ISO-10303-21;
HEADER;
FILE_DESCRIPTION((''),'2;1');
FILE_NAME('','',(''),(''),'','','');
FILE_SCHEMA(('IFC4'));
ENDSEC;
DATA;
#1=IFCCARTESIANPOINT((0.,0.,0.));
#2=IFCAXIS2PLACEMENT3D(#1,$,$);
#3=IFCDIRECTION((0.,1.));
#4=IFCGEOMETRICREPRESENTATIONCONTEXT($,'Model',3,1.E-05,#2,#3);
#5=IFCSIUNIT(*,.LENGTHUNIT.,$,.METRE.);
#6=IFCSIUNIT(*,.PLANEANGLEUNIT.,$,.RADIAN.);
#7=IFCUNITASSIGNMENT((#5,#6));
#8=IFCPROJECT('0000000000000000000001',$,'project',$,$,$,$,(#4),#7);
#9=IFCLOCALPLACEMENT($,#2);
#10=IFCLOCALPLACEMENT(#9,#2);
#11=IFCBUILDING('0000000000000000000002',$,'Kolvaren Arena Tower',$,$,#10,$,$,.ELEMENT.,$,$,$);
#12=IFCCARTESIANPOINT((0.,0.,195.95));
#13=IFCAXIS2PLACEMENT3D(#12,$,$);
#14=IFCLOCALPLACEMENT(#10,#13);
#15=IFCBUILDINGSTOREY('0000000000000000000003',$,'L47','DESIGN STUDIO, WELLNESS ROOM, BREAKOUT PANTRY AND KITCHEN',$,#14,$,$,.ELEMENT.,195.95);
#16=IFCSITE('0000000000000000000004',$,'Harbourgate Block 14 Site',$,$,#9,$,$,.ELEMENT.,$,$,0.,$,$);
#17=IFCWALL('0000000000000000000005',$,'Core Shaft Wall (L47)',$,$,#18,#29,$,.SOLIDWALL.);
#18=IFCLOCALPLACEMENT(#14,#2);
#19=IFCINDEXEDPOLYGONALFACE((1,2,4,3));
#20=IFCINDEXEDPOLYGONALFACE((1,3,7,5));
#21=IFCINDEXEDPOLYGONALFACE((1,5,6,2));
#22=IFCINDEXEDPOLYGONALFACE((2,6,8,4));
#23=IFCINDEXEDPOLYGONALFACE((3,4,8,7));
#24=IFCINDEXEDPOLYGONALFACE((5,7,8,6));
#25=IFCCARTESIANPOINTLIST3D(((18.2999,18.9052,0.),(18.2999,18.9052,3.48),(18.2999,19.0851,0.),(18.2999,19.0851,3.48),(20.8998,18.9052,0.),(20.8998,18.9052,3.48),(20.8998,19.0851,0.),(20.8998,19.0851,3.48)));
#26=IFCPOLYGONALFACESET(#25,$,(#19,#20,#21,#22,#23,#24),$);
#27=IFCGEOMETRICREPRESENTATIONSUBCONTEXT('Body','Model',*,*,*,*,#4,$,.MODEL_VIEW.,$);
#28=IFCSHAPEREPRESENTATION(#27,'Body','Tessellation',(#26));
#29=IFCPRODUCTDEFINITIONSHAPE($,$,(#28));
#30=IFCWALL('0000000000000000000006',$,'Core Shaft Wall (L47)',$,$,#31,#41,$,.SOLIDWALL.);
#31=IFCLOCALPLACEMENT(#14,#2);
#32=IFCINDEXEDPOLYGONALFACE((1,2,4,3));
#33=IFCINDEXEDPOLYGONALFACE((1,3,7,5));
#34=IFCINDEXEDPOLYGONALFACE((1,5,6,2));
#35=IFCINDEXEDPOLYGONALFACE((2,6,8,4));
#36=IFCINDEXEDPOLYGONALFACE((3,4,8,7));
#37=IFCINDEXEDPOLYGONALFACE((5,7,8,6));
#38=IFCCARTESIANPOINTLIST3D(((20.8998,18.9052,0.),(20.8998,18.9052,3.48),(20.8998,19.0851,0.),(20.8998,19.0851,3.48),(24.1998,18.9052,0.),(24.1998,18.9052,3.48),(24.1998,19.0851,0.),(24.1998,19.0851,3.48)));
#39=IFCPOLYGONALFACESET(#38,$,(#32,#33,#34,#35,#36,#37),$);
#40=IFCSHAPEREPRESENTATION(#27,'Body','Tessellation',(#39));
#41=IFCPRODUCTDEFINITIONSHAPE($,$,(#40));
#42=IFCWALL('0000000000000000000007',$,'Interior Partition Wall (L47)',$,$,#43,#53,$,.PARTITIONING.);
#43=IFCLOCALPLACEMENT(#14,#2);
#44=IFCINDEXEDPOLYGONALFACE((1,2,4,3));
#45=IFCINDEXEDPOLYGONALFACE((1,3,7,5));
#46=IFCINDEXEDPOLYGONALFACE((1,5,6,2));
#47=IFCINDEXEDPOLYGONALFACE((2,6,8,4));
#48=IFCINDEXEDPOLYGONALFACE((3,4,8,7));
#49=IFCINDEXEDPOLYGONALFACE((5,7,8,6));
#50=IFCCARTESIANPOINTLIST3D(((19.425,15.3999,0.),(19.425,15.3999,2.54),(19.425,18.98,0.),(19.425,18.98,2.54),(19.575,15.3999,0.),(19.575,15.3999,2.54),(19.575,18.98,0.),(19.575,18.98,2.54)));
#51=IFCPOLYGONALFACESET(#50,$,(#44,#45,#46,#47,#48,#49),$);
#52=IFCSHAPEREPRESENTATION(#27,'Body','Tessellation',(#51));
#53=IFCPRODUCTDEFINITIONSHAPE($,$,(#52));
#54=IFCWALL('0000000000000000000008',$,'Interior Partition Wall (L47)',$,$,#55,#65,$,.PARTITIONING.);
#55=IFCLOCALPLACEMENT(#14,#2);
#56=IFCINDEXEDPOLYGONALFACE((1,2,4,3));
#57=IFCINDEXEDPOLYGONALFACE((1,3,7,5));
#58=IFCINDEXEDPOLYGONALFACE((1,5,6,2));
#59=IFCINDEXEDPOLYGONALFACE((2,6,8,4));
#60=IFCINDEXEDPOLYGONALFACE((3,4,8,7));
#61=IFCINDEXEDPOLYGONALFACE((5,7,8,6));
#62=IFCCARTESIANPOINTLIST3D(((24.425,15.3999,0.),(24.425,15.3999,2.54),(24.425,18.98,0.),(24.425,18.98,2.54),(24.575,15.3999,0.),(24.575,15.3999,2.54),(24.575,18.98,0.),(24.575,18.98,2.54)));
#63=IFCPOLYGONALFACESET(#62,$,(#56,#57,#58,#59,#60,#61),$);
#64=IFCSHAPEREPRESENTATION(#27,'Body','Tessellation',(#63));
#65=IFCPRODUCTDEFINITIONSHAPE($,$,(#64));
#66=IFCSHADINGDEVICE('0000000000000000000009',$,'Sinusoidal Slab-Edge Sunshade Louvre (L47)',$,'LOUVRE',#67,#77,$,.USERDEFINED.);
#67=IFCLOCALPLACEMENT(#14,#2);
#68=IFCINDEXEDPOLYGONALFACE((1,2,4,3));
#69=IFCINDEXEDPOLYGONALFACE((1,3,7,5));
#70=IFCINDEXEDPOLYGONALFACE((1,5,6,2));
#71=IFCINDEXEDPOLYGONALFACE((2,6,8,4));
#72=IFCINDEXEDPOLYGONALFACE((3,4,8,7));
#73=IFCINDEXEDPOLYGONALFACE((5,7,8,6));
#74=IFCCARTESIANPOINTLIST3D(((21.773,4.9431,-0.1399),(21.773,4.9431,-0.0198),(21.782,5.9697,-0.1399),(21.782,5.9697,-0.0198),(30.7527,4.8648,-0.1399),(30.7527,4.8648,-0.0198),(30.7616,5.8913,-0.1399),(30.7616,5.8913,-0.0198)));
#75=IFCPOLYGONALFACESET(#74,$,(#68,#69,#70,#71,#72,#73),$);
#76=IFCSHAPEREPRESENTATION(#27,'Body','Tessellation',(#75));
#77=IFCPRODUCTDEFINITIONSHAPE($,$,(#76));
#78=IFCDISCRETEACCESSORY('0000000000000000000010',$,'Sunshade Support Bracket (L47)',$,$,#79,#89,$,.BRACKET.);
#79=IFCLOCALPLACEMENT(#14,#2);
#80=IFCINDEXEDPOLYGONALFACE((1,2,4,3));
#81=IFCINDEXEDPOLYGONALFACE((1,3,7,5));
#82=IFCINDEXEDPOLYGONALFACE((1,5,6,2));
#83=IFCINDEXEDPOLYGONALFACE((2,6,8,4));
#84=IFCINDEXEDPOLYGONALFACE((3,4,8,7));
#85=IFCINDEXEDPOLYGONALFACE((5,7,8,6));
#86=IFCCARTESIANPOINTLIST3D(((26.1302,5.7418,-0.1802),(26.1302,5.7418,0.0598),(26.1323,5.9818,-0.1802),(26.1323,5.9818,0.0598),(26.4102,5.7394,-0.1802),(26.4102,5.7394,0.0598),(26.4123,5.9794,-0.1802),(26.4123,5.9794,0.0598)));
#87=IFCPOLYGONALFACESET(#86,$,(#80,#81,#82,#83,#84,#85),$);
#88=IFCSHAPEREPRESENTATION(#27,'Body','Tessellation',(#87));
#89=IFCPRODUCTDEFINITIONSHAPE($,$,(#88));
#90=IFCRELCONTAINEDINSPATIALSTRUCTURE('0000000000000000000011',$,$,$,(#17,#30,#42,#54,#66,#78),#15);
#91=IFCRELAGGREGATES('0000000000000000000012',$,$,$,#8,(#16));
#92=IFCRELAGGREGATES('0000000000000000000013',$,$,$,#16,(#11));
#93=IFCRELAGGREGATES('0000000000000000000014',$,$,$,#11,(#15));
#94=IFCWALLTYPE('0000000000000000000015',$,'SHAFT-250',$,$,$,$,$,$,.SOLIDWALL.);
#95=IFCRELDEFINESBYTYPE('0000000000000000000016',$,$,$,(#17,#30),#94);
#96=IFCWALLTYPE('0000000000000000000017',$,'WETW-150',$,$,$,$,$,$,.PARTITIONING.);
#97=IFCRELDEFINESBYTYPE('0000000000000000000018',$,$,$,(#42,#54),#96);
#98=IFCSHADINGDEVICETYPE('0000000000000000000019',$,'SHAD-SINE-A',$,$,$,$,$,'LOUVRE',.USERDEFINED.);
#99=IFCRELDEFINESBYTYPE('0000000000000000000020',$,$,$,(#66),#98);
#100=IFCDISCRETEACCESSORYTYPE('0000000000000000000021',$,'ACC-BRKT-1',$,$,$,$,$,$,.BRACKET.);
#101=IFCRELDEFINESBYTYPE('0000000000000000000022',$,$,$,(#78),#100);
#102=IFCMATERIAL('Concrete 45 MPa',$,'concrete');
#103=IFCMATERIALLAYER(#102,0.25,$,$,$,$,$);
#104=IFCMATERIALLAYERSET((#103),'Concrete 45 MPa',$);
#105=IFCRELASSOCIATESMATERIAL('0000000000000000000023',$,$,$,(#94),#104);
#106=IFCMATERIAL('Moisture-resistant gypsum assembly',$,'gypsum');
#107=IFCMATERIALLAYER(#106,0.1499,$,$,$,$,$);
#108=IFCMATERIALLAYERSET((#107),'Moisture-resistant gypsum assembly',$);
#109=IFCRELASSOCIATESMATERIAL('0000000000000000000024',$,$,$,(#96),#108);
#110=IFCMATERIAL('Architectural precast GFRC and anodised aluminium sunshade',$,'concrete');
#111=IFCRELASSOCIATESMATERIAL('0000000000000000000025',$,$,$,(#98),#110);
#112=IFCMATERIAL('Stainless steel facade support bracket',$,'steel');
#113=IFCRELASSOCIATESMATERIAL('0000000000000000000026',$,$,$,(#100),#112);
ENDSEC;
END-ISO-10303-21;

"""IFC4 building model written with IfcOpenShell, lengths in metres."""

from ifc_helpers import new_model, si_unit, direction, frame, frame_2d, origin, origin_2d, place, context, subcontext, project, spatial, rectangle, extrude, material, layer, layer_set, type_object, element, save


model = new_model("IFC4")

# Units and contexts
model_context = context("Model", 3, precision=1e-05, world=origin(), true_north=direction((0.0, 1.0)))
body_context = subcontext(model_context, "Body", "Model", "MODEL_VIEW")
ifc_project = project(units=[si_unit("LENGTHUNIT", "METRE"), si_unit("PLANEANGLEUNIT", "RADIAN")], contexts=[model_context])

# Site, building, storey
site_placement = place(None, origin())
site = spatial("IfcSite", under=ifc_project, at=site_placement, Name="Harbourgate Block 14 Site", CompositionType="ELEMENT", RefElevation=0.0)
building_placement = place(site_placement, origin())
building = spatial("IfcBuilding", under=site, at=building_placement, Name="Kolvaren Arena Tower", CompositionType="ELEMENT")
storey_placement = place(building_placement, frame((0.0, 0.0, 195.95)))
storey = spatial("IfcBuildingStorey", under=building, at=storey_placement, Name="L47", Description="DESIGN STUDIO, WELLNESS ROOM, BREAKOUT PANTRY AND KITCHEN", CompositionType="ELEMENT", Elevation=195.95)

# Walls
ifc_material_1 = material(Name="Concrete 45 MPa", Category="concrete")
ifc_layer_1 = layer(ifc_material_1, 0.25)
ifc_layer_set_1 = layer_set([ifc_layer_1], Name="Concrete 45 MPa")
wall_type_1 = type_object("IfcWallType", Name="SHAFT-250", PredefinedType="SOLIDWALL", material=ifc_layer_set_1)
wall_1_placement = place(storey_placement, frame((18.3, 18.9951, 0.0), z_axis=(0.0, 0.0, 1.0), x_axis=(1.0, 0.0, 0.0)))
element("IfcWall", 1, at=wall_1_placement, inside=storey, type_object=wall_type_1, Name="Core Shaft Wall (L47)", PredefinedType="SOLIDWALL", context=body_context, shape_type="SweptSolid", body=[
    extrude(rectangle(XDim=2.5999, YDim=0.1799, at=frame_2d((1.2998, 0.0))), origin(), (0.0, 0.0, 1.0), 3.48),
])
wall_2_placement = place(storey_placement, frame((20.8999, 18.9951, 0.0), z_axis=(0.0, 0.0, 1.0), x_axis=(1.0, 0.0, 0.0)))
element("IfcWall", 2, at=wall_2_placement, inside=storey, type_object=wall_type_1, Name="Core Shaft Wall (L47)", PredefinedType="SOLIDWALL", context=body_context, shape_type="SweptSolid", body=[
    extrude(rectangle(XDim=3.3, YDim=0.1799, at=frame_2d((1.6499, 0.0))), origin(), (0.0, 0.0, 1.0), 3.48),
])
ifc_material_2 = material(Name="Moisture-resistant gypsum assembly", Category="gypsum")
ifc_layer_2 = layer(ifc_material_2, 0.1499)
ifc_layer_set_2 = layer_set([ifc_layer_2], Name="Moisture-resistant gypsum assembly")
wall_type_2 = type_object("IfcWallType", Name="WETW-150", PredefinedType="PARTITIONING", material=ifc_layer_set_2)
for number, where, z_axis, x_axis, name in (
    (3, (19.5, 15.3999, 0.0), (0.0, 0.0, 1.0), (0.0, 1.0, 0.0), "Interior Partition Wall (L47)"),
    (4, (24.5, 15.3999, 0.0), (0.0, 0.0, 1.0), (0.0, 1.0, 0.0), "Interior Partition Wall (L47)"),
):
    element("IfcWall", number, at=place(storey_placement, frame(where, z_axis=z_axis, x_axis=x_axis)), inside=storey, type_object=wall_type_2, Name=name, PredefinedType="PARTITIONING", context=body_context, shape_type="SweptSolid", body=[
        extrude(rectangle(XDim=3.5801, YDim=0.1499, at=frame_2d((1.79, 0.0))), origin(), (0.0, 0.0, 1.0), 2.54),
    ])

# Shading device
ifc_material_3 = material(Name="Architectural precast GFRC and anodised aluminium sunshade", Category="concrete")
shading_device_type = type_object("IfcShadingDeviceType", Name="SHAD-SINE-A", ElementType="LOUVRE", PredefinedType="USERDEFINED", material=ifc_material_3)
shading_device_placement = place(storey_placement, frame((26.2673, 5.4172, -0.1399), z_axis=(0.0, 0.0, 1.0), x_axis=(-0.999962, 0.008727, 0.0)))
element("IfcShadingDevice", 5, at=shading_device_placement, inside=storey, type_object=shading_device_type, Name="Sinusoidal Slab-Edge Sunshade Louvre (L47)", ObjectType="LOUVRE", PredefinedType="USERDEFINED", context=body_context, shape_type="SweptSolid", body=[
    extrude(rectangle(XDim=8.98, YDim=1.0266, at=origin_2d()), origin(), (0.0, 0.0, 1.0), 0.1201),
])

# Discrete accessory
ifc_material_4 = material(Name="Stainless steel facade support bracket", Category="steel")
discrete_accessory_type = type_object("IfcDiscreteAccessoryType", Name="ACC-BRKT-1", PredefinedType="BRACKET", material=ifc_material_4)
discrete_accessory_placement = place(storey_placement, frame((26.2712, 5.8606, -0.1802), z_axis=(0.0, 0.0, 1.0), x_axis=(-0.999962, 0.008727, 0.0)))
element("IfcDiscreteAccessory", 6, at=discrete_accessory_placement, inside=storey, type_object=discrete_accessory_type, Name="Sunshade Support Bracket (L47)", PredefinedType="BRACKET", context=body_context, shape_type="SweptSolid", body=[
    extrude(rectangle(XDim=0.28, YDim=0.24, at=origin_2d()), origin(), (0.0, 0.0, 1.0), 0.24),
])

save(model, "model.ifc")
